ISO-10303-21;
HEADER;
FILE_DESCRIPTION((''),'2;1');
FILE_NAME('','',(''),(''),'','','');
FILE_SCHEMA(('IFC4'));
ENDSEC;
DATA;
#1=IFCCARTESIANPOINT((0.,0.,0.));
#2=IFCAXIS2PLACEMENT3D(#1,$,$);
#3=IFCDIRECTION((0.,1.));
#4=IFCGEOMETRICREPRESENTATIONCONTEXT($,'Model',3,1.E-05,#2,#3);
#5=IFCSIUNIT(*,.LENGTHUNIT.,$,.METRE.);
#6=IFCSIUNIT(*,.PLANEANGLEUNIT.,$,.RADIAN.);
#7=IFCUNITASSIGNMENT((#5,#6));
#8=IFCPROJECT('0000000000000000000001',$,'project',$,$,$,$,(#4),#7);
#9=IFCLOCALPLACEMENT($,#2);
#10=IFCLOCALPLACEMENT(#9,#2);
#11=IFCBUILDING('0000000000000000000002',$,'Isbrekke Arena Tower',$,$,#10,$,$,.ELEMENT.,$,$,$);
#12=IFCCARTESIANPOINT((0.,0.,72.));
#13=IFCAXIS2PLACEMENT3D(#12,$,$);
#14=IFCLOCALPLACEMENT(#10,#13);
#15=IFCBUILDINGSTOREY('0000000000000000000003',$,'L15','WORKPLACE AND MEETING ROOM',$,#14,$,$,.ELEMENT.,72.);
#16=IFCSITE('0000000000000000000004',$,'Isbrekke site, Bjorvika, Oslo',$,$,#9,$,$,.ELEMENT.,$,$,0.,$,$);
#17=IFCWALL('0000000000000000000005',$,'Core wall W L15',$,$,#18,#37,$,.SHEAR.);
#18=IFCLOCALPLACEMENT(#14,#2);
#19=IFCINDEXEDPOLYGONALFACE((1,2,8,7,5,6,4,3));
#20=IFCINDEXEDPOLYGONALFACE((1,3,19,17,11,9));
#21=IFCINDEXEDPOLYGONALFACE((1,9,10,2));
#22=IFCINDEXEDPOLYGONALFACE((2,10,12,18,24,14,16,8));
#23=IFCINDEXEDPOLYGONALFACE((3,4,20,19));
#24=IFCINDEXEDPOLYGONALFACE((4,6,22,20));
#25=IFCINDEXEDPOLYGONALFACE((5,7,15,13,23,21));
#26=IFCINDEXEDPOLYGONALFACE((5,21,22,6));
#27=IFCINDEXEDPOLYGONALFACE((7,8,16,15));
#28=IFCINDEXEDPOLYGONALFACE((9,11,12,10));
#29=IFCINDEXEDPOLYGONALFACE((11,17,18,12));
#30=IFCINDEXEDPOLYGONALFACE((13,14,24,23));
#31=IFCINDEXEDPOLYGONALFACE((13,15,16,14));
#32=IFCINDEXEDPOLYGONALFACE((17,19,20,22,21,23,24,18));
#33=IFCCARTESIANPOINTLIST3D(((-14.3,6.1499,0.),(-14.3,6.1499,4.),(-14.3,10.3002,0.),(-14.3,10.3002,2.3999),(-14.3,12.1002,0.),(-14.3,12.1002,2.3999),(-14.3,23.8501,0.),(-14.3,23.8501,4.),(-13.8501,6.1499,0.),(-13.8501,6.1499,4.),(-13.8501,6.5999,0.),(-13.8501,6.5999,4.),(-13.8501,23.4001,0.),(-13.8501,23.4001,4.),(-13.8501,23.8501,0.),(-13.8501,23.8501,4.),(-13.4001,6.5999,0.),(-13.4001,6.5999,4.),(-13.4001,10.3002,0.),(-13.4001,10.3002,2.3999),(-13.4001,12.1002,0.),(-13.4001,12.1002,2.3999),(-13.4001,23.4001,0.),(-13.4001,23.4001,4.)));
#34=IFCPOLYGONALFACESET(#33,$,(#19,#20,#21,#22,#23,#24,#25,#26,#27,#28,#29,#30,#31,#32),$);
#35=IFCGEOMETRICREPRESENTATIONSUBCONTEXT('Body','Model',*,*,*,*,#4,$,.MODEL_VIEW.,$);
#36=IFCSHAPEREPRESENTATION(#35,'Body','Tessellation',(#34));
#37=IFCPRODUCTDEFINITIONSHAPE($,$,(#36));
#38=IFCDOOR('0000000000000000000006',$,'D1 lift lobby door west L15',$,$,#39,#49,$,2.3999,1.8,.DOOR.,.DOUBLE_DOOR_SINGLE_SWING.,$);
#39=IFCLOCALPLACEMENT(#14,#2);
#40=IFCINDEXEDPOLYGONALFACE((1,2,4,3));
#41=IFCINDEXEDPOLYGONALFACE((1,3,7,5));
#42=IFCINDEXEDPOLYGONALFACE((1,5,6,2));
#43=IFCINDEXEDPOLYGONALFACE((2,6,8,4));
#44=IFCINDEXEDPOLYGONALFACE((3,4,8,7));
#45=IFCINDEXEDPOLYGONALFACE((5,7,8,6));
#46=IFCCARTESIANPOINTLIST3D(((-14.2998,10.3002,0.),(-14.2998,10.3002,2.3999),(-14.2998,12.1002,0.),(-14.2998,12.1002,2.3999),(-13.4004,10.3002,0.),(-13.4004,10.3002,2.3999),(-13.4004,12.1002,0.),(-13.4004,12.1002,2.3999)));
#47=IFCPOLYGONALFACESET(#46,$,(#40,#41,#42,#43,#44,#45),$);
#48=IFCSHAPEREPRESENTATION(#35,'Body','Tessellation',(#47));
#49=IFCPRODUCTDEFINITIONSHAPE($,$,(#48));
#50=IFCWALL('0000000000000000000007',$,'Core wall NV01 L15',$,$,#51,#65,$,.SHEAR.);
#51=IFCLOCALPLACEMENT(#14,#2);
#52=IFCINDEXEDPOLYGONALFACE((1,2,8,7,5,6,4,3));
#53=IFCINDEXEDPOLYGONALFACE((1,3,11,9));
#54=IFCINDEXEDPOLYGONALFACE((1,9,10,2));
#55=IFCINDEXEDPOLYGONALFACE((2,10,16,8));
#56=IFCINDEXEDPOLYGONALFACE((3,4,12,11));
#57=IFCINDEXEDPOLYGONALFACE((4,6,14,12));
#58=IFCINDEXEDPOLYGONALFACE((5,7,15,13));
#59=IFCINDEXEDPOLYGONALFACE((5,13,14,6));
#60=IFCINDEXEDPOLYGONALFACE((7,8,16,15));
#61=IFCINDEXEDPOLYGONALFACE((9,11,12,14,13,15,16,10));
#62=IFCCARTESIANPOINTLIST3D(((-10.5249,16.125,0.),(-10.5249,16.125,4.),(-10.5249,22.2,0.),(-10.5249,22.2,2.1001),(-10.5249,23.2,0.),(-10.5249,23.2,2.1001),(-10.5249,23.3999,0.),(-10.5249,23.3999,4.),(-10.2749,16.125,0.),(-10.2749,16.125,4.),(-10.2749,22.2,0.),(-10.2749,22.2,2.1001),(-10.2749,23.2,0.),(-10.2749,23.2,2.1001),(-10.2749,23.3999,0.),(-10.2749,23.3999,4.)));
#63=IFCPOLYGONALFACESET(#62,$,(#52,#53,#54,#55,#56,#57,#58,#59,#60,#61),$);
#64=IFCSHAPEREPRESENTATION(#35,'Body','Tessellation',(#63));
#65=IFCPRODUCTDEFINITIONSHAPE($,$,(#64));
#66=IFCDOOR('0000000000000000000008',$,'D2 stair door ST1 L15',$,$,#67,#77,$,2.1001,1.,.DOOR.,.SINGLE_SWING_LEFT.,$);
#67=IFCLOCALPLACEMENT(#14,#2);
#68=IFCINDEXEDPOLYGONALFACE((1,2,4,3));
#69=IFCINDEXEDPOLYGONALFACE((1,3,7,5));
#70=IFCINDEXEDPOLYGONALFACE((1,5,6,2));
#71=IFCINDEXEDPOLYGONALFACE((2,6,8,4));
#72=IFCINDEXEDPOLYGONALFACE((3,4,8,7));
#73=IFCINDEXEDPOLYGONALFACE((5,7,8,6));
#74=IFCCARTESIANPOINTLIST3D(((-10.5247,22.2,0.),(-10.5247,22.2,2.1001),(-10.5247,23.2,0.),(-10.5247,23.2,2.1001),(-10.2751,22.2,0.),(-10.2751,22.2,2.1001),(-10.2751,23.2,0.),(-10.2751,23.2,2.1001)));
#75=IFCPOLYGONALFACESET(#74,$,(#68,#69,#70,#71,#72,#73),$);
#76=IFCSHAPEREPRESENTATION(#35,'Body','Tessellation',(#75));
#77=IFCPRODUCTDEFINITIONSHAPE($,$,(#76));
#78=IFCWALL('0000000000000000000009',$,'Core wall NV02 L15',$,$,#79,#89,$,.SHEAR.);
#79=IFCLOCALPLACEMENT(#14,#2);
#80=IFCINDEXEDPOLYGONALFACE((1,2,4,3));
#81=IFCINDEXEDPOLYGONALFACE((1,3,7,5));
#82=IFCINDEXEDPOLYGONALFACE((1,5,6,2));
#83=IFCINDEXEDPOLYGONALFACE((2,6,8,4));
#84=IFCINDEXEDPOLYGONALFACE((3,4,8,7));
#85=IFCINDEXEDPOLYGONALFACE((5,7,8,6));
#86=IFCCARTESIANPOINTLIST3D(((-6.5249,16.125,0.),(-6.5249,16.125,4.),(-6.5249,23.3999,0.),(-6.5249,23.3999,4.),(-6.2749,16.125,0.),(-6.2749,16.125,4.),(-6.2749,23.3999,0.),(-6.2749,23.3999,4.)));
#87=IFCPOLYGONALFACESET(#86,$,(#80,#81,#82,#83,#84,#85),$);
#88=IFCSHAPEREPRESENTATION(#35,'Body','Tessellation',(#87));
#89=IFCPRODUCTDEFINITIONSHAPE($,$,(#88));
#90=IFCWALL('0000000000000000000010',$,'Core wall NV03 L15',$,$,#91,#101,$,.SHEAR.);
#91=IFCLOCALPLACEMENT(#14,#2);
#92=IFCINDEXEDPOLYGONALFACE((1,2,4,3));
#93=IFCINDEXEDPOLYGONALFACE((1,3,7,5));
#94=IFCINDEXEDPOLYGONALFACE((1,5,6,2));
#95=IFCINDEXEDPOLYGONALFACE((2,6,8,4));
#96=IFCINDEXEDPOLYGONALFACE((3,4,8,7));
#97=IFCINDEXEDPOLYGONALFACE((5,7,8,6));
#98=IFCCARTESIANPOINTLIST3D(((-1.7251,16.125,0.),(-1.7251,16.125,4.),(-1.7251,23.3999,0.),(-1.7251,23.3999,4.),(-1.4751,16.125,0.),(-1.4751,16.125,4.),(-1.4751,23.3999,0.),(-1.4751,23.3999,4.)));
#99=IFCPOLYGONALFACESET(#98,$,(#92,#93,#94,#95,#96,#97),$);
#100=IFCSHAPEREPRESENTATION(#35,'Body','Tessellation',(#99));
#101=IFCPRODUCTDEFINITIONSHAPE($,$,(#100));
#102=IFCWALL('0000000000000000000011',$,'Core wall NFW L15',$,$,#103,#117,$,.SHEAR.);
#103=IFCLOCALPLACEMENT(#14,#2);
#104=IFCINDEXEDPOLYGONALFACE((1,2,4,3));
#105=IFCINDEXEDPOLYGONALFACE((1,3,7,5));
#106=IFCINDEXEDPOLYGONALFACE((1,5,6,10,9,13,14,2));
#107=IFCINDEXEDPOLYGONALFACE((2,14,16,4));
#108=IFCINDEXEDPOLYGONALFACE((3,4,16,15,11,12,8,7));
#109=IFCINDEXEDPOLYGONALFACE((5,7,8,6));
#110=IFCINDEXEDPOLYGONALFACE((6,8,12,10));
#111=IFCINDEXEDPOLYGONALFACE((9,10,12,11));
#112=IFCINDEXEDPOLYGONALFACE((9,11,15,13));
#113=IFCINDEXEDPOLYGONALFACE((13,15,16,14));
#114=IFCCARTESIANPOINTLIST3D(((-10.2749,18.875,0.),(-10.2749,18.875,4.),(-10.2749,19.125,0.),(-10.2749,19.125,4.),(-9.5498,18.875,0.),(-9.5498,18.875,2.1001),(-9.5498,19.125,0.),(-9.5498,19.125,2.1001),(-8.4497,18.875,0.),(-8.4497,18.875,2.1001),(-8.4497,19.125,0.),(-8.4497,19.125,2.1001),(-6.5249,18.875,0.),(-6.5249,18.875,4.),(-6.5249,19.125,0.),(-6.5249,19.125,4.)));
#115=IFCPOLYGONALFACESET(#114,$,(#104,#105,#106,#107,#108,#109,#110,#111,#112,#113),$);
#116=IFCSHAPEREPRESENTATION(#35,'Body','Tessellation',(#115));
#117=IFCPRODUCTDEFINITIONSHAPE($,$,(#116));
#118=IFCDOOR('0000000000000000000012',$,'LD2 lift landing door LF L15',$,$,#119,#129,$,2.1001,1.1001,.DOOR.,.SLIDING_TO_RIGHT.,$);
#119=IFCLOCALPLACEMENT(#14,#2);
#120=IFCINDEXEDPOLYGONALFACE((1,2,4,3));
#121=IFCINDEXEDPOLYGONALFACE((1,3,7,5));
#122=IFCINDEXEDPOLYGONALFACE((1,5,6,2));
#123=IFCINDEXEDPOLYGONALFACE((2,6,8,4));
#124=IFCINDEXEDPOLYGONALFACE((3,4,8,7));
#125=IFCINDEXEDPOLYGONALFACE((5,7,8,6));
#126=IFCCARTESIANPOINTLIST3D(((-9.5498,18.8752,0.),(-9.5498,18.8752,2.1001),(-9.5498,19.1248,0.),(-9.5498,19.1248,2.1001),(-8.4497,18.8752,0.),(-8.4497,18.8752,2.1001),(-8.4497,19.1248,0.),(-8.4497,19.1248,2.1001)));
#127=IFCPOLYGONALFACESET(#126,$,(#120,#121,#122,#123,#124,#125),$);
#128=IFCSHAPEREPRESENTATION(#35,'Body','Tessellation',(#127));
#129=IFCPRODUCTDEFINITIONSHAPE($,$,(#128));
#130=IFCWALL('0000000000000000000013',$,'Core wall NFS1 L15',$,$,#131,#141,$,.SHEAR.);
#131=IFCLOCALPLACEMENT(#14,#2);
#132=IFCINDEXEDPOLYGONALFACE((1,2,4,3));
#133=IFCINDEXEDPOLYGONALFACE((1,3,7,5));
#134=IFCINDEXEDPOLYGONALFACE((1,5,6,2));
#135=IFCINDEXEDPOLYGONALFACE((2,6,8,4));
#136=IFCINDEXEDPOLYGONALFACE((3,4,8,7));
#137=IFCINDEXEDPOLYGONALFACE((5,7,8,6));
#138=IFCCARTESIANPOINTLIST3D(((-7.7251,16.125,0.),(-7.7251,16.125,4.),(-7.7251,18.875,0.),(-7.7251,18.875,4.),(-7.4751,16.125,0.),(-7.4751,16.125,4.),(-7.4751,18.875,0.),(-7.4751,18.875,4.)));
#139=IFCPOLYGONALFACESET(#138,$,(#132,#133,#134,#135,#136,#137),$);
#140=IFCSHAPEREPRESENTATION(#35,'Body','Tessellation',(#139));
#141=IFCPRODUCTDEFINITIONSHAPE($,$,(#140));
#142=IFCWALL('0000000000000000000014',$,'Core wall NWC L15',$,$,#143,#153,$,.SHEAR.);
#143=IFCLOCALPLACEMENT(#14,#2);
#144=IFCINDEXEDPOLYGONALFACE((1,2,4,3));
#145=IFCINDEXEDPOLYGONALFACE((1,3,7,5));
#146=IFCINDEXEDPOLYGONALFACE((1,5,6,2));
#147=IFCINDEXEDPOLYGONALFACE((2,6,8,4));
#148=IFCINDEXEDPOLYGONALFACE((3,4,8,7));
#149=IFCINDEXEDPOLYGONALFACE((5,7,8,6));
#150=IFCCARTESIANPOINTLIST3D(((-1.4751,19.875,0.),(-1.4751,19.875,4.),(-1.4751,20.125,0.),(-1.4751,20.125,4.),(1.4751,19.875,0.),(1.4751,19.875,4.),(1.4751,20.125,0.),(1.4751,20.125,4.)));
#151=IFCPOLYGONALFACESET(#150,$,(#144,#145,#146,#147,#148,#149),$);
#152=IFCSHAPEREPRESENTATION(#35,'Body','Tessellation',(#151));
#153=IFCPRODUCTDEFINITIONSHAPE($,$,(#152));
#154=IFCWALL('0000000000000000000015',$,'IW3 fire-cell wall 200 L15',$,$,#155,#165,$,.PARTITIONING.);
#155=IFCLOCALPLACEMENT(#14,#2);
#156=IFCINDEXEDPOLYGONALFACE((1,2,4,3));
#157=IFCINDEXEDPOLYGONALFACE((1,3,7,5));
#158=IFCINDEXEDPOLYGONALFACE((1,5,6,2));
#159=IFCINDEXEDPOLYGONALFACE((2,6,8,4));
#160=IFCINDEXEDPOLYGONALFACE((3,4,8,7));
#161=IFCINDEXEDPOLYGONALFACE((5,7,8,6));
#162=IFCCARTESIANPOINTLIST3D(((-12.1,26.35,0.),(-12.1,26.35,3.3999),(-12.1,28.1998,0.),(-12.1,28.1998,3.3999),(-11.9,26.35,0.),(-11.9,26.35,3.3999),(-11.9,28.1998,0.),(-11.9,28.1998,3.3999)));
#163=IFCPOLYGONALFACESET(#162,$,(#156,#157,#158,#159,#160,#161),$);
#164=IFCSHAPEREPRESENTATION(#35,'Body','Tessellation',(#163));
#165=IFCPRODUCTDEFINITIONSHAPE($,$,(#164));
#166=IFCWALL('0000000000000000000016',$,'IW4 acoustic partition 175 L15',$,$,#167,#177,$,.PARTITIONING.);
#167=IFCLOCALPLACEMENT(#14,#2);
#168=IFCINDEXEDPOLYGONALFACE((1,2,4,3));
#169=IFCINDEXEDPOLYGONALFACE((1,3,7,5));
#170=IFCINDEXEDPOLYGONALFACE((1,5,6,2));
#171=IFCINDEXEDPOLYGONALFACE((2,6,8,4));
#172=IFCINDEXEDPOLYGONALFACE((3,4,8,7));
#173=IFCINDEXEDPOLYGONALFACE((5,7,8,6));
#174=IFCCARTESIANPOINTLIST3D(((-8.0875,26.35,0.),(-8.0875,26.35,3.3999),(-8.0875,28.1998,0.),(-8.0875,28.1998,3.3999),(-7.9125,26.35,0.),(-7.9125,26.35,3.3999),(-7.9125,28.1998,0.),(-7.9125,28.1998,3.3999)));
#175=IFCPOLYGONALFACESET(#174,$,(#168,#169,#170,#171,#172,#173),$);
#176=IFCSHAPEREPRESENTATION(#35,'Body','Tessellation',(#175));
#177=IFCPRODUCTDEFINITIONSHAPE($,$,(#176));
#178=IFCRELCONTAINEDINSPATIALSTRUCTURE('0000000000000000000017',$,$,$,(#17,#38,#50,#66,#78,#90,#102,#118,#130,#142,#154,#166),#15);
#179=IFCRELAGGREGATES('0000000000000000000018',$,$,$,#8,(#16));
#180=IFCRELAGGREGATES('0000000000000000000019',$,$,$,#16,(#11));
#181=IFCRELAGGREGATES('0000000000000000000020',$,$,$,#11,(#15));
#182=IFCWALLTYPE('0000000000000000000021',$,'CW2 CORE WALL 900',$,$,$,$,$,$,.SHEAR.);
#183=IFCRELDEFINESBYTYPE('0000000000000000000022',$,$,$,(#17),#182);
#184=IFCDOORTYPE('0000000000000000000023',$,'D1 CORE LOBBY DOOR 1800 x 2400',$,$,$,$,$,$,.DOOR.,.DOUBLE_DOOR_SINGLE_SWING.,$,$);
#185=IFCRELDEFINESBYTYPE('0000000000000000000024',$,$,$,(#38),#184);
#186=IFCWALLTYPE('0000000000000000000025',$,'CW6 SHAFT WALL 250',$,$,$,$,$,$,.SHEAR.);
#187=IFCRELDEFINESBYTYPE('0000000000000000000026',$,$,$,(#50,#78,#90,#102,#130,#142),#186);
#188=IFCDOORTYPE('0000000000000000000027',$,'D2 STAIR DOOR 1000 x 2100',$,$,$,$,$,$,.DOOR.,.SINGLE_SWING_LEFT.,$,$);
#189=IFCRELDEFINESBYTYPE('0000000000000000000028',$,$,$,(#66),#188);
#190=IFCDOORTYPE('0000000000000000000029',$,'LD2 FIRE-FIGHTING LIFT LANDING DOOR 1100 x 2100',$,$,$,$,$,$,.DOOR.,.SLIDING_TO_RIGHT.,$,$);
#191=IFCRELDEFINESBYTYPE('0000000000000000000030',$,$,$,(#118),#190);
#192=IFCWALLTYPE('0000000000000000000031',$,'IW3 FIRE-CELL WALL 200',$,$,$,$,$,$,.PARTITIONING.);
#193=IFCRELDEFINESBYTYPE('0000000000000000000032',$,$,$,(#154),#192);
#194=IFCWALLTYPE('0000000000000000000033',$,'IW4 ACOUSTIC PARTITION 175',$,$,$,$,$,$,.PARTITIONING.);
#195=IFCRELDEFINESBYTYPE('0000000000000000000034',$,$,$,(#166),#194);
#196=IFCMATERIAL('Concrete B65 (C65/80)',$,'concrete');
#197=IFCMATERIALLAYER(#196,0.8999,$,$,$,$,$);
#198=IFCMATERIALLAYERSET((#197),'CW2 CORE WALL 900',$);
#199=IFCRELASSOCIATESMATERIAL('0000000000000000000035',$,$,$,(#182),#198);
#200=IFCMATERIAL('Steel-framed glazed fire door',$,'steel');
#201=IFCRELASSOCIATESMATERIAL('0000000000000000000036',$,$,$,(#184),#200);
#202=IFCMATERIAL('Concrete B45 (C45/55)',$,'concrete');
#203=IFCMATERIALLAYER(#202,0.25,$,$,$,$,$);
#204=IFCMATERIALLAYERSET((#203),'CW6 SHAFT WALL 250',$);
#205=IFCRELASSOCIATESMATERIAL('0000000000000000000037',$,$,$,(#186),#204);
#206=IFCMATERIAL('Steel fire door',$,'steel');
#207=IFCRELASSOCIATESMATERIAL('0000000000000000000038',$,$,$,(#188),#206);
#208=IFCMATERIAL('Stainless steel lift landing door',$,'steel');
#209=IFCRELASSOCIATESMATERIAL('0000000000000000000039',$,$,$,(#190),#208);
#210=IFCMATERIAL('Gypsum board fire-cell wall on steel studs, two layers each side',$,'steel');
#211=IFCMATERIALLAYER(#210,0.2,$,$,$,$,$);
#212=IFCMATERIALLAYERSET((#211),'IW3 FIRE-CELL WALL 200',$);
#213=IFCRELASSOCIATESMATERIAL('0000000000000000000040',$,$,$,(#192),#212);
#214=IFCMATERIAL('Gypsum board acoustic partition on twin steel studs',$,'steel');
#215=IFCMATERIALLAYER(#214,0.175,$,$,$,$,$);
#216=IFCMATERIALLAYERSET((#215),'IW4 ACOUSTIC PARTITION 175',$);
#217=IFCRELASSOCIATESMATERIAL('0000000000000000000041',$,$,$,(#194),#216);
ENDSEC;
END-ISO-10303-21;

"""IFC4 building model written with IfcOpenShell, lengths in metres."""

from ifc_helpers import new_model, si_unit, direction, frame, frame_2d, origin, place, context, subcontext, project, spatial, polyline, rectangle, outline, extrude, material, layer, layer_set, type_object, element, fill, save


model = new_model("IFC4")

# Units and contexts
model_context = context("Model", 3, precision=1e-05, world=origin(), true_north=direction((0.0, 1.0)))
body_context = subcontext(model_context, "Body", "Model", "MODEL_VIEW")
ifc_project = project(units=[si_unit("LENGTHUNIT", "METRE"), si_unit("PLANEANGLEUNIT", "RADIAN")], contexts=[model_context])

# Site, building, storey
site_placement = place(None, origin())
site = spatial("IfcSite", under=ifc_project, at=site_placement, Name="Isbrekke site, Bjorvika, Oslo", CompositionType="ELEMENT", RefElevation=0.0)
building_placement = place(site_placement, origin())
building = spatial("IfcBuilding", under=site, at=building_placement, Name="Isbrekke Arena Tower", CompositionType="ELEMENT")
storey_placement = place(building_placement, frame((0.0, 0.0, 72.0)))
storey = spatial("IfcBuildingStorey", under=building, at=storey_placement, Name="L15", Description="WORKPLACE AND MEETING ROOM", CompositionType="ELEMENT", Elevation=72.0)

# Walls, openings, doors
ifc_material_1 = material(Name="Concrete B65 (C65/80)", Category="concrete")
ifc_layer_1 = layer(ifc_material_1, 0.8999)
ifc_layer_set_1 = layer_set([ifc_layer_1], Name="CW2 CORE WALL 900")
wall_type_1 = type_object("IfcWallType", Name="CW2 CORE WALL 900", PredefinedType="SHEAR", material=ifc_layer_set_1)
wall_1_placement = place(storey_placement, frame((-13.8501, 23.8501, 0.0), z_axis=(0.0, 0.0, 1.0), x_axis=(0.0, -1.0, 0.0)))
wall_1 = element("IfcWall", 1, at=wall_1_placement, inside=storey, type_object=wall_type_1, Name="Core wall W L15", PredefinedType="SHEAR", context=body_context, shape_type="SweptSolid", body=[
    extrude(outline(polyline([(0.0, -0.45), (17.7002, -0.45), (17.7002, 0.0), (17.2502, 0.0), (17.2502, 0.45), (0.45, 0.45), (0.45, 0.0), (0.0, 0.0), (0.0, -0.45)])), origin(), (0.0, 0.0, 1.0), 4.0),
])
opening_1_placement = place(wall_1_placement, frame((11.75, 0.0, 0.0)))
opening_1 = element("IfcOpeningElement", 2, at=opening_1_placement, cuts=wall_1, PredefinedType="OPENING", context=body_context, shape_type="SweptSolid", body=[
    extrude(rectangle(XDim=1.8, YDim=2.3999, at=frame_2d((0.8999, 1.2))), frame((0.0, 0.4648, 0.0), z_axis=(0.0, -1.0, 0.0), x_axis=(1.0, 0.0, 0.0)), (0.0, 0.0, 1.0), 0.9297),
])
ifc_material_2 = material(Name="Steel-framed glazed fire door", Category="steel")
door_type_1 = type_object("IfcDoorType", Name="D1 CORE LOBBY DOOR 1800 x 2400", OperationType="DOUBLE_DOOR_SINGLE_SWING", PredefinedType="DOOR", material=ifc_material_2)
door_1_placement = place(opening_1_placement, origin())
door_1 = element("IfcDoor", 3, at=door_1_placement, inside=storey, type_object=door_type_1, Name="D1 lift lobby door west L15", OperationType="DOUBLE_DOOR_SINGLE_SWING", OverallHeight=2.3999, OverallWidth=1.8, PredefinedType="DOOR", context=body_context, shape_type="SweptSolid", body=[
    extrude(rectangle(XDim=1.8, YDim=2.3999, at=frame_2d((0.8999, 1.2))), frame((0.0, 0.4497, 0.0), z_axis=(0.0, -1.0, 0.0), x_axis=(1.0, 0.0, 0.0)), (0.0, 0.0, 1.0), 0.8994),
])
fill(opening_1, door_1)
ifc_material_3 = material(Name="Concrete B45 (C45/55)", Category="concrete")
ifc_layer_2 = layer(ifc_material_3, 0.25)
ifc_layer_set_2 = layer_set([ifc_layer_2], Name="CW6 SHAFT WALL 250")
wall_type_2 = type_object("IfcWallType", Name="CW6 SHAFT WALL 250", PredefinedType="SHEAR", material=ifc_layer_set_2)
wall_2_placement = place(storey_placement, frame((-10.3999, 16.125, 0.0), z_axis=(0.0, 0.0, 1.0), x_axis=(0.0, 1.0, 0.0)))
wall_2 = element("IfcWall", 4, at=wall_2_placement, inside=storey, type_object=wall_type_2, Name="Core wall NV01 L15", PredefinedType="SHEAR", context=body_context, shape_type="SweptSolid", body=[
    extrude(rectangle(XDim=7.2749, YDim=0.25, at=frame_2d((3.6375, 0.0))), origin(), (0.0, 0.0, 1.0), 4.0),
])
opening_2_placement = place(wall_2_placement, frame((6.075, 0.0, 0.0)))
opening_2 = element("IfcOpeningElement", 5, at=opening_2_placement, cuts=wall_2, PredefinedType="OPENING", context=body_context, shape_type="SweptSolid", body=[
    extrude(rectangle(XDim=1.0, YDim=2.1001, at=frame_2d((0.5, 1.05))), frame((0.0, 0.1399, 0.0), z_axis=(0.0, -1.0, 0.0), x_axis=(1.0, 0.0, 0.0)), (0.0, 0.0, 1.0), 0.2798),
])
ifc_material_4 = material(Name="Steel fire door", Category="steel")
door_type_2 = type_object("IfcDoorType", Name="D2 STAIR DOOR 1000 x 2100", OperationType="SINGLE_SWING_LEFT", PredefinedType="DOOR", material=ifc_material_4)
door_2_placement = place(opening_2_placement, origin())
door_2 = element("IfcDoor", 6, at=door_2_placement, inside=storey, type_object=door_type_2, Name="D2 stair door ST1 L15", OperationType="SINGLE_SWING_LEFT", OverallHeight=2.1001, OverallWidth=1.0, PredefinedType="DOOR", context=body_context, shape_type="SweptSolid", body=[
    extrude(rectangle(XDim=1.0, YDim=2.1001, at=frame_2d((0.5, 1.05))), frame((0.0, 0.1248, 0.0), z_axis=(0.0, -1.0, 0.0), x_axis=(1.0, 0.0, 0.0)), (0.0, 0.0, 1.0), 0.2495),
])
fill(opening_2, door_2)

# Walls
for number, where, z_axis, x_axis, name in (
    (7, (-6.3999, 16.125, 0.0), (0.0, 0.0, 1.0), (0.0, 1.0, 0.0), "Core wall NV02 L15"),
    (8, (-1.6001, 16.125, 0.0), (0.0, 0.0, 1.0), (0.0, 1.0, 0.0), "Core wall NV03 L15"),
):
    element("IfcWall", number, at=place(storey_placement, frame(where, z_axis=z_axis, x_axis=x_axis)), inside=storey, type_object=wall_type_2, Name=name, PredefinedType="SHEAR", context=body_context, shape_type="SweptSolid", body=[
        extrude(rectangle(XDim=7.2749, YDim=0.25, at=frame_2d((3.6375, 0.0))), origin(), (0.0, 0.0, 1.0), 4.0),
    ])

# Wall, opening, door
wall_3_placement = place(storey_placement, frame((-10.2749, 19.0, 0.0), z_axis=(0.0, 0.0, 1.0), x_axis=(1.0, 0.0, 0.0)))
wall_3 = element("IfcWall", 9, at=wall_3_placement, inside=storey, type_object=wall_type_2, Name="Core wall NFW L15", PredefinedType="SHEAR", context=body_context, shape_type="SweptSolid", body=[
    extrude(rectangle(XDim=3.75, YDim=0.25, at=frame_2d((1.875, 0.0))), origin(), (0.0, 0.0, 1.0), 4.0),
])
opening_3_placement = place(wall_3_placement, frame((0.7251, 0.0, 0.0)))
opening_3 = element("IfcOpeningElement", 10, at=opening_3_placement, cuts=wall_3, PredefinedType="OPENING", context=body_context, shape_type="SweptSolid", body=[
    extrude(rectangle(XDim=1.1001, YDim=2.1001, at=frame_2d((0.55, 1.05))), frame((0.0, 0.1399, 0.0), z_axis=(0.0, -1.0, 0.0), x_axis=(1.0, 0.0, 0.0)), (0.0, 0.0, 1.0), 0.2798),
])
ifc_material_5 = material(Name="Stainless steel lift landing door", Category="steel")
door_type_3 = type_object("IfcDoorType", Name="LD2 FIRE-FIGHTING LIFT LANDING DOOR 1100 x 2100", OperationType="SLIDING_TO_RIGHT", PredefinedType="DOOR", material=ifc_material_5)
door_3_placement = place(opening_3_placement, origin())
door_3 = element("IfcDoor", 11, at=door_3_placement, inside=storey, type_object=door_type_3, Name="LD2 lift landing door LF L15", OperationType="SLIDING_TO_RIGHT", OverallHeight=2.1001, OverallWidth=1.1001, PredefinedType="DOOR", context=body_context, shape_type="SweptSolid", body=[
    extrude(rectangle(XDim=1.1001, YDim=2.1001, at=frame_2d((0.55, 1.05))), frame((0.0, 0.1248, 0.0), z_axis=(0.0, -1.0, 0.0), x_axis=(1.0, 0.0, 0.0)), (0.0, 0.0, 1.0), 0.2495),
])
fill(opening_3, door_3)

# Walls
wall_4_placement = place(storey_placement, frame((-7.6001, 16.125, 0.0), z_axis=(0.0, 0.0, 1.0), x_axis=(0.0, 1.0, 0.0)))
element("IfcWall", 12, at=wall_4_placement, inside=storey, type_object=wall_type_2, Name="Core wall NFS1 L15", PredefinedType="SHEAR", context=body_context, shape_type="SweptSolid", body=[
    extrude(rectangle(XDim=2.75, YDim=0.25, at=frame_2d((1.375, 0.0))), origin(), (0.0, 0.0, 1.0), 4.0),
])
wall_5_placement = place(storey_placement, frame((-1.4751, 20.0, 0.0), z_axis=(0.0, 0.0, 1.0), x_axis=(1.0, 0.0, 0.0)))
element("IfcWall", 13, at=wall_5_placement, inside=storey, type_object=wall_type_2, Name="Core wall NWC L15", PredefinedType="SHEAR", context=body_context, shape_type="SweptSolid", body=[
    extrude(rectangle(XDim=2.9502, YDim=0.25, at=frame_2d((1.4751, 0.0))), origin(), (0.0, 0.0, 1.0), 4.0),
])
ifc_material_6 = material(Name="Gypsum board fire-cell wall on steel studs, two layers each side", Category="steel")
ifc_layer_3 = layer(ifc_material_6, 0.2)
ifc_layer_set_3 = layer_set([ifc_layer_3], Name="IW3 FIRE-CELL WALL 200")
wall_type_3 = type_object("IfcWallType", Name="IW3 FIRE-CELL WALL 200", PredefinedType="PARTITIONING", material=ifc_layer_set_3)
wall_6_placement = place(storey_placement, frame((-12.0, 26.3501, 0.0), z_axis=(0.0, 0.0, 1.0), x_axis=(0.0, 1.0, 0.0)))
element("IfcWall", 14, at=wall_6_placement, inside=storey, type_object=wall_type_3, Name="IW3 fire-cell wall 200 L15", PredefinedType="PARTITIONING", context=body_context, shape_type="SweptSolid", body=[
    extrude(rectangle(XDim=1.8499, YDim=0.2, at=frame_2d((0.9248, 0.0))), origin(), (0.0, 0.0, 1.0), 3.3999),
])
ifc_material_7 = material(Name="Gypsum board acoustic partition on twin steel studs", Category="steel")
ifc_layer_4 = layer(ifc_material_7, 0.175)
ifc_layer_set_4 = layer_set([ifc_layer_4], Name="IW4 ACOUSTIC PARTITION 175")
wall_type_4 = type_object("IfcWallType", Name="IW4 ACOUSTIC PARTITION 175", PredefinedType="PARTITIONING", material=ifc_layer_set_4)
wall_7_placement = place(storey_placement, frame((-8.0, 26.3501, 0.0), z_axis=(0.0, 0.0, 1.0), x_axis=(0.0, 1.0, 0.0)))
element("IfcWall", 15, at=wall_7_placement, inside=storey, type_object=wall_type_4, Name="IW4 acoustic partition 175 L15", PredefinedType="PARTITIONING", context=body_context, shape_type="SweptSolid", body=[
    extrude(rectangle(XDim=1.8499, YDim=0.175, at=frame_2d((0.9248, 0.0))), origin(), (0.0, 0.0, 1.0), 3.3999),
])

save(model, "model.ifc")
